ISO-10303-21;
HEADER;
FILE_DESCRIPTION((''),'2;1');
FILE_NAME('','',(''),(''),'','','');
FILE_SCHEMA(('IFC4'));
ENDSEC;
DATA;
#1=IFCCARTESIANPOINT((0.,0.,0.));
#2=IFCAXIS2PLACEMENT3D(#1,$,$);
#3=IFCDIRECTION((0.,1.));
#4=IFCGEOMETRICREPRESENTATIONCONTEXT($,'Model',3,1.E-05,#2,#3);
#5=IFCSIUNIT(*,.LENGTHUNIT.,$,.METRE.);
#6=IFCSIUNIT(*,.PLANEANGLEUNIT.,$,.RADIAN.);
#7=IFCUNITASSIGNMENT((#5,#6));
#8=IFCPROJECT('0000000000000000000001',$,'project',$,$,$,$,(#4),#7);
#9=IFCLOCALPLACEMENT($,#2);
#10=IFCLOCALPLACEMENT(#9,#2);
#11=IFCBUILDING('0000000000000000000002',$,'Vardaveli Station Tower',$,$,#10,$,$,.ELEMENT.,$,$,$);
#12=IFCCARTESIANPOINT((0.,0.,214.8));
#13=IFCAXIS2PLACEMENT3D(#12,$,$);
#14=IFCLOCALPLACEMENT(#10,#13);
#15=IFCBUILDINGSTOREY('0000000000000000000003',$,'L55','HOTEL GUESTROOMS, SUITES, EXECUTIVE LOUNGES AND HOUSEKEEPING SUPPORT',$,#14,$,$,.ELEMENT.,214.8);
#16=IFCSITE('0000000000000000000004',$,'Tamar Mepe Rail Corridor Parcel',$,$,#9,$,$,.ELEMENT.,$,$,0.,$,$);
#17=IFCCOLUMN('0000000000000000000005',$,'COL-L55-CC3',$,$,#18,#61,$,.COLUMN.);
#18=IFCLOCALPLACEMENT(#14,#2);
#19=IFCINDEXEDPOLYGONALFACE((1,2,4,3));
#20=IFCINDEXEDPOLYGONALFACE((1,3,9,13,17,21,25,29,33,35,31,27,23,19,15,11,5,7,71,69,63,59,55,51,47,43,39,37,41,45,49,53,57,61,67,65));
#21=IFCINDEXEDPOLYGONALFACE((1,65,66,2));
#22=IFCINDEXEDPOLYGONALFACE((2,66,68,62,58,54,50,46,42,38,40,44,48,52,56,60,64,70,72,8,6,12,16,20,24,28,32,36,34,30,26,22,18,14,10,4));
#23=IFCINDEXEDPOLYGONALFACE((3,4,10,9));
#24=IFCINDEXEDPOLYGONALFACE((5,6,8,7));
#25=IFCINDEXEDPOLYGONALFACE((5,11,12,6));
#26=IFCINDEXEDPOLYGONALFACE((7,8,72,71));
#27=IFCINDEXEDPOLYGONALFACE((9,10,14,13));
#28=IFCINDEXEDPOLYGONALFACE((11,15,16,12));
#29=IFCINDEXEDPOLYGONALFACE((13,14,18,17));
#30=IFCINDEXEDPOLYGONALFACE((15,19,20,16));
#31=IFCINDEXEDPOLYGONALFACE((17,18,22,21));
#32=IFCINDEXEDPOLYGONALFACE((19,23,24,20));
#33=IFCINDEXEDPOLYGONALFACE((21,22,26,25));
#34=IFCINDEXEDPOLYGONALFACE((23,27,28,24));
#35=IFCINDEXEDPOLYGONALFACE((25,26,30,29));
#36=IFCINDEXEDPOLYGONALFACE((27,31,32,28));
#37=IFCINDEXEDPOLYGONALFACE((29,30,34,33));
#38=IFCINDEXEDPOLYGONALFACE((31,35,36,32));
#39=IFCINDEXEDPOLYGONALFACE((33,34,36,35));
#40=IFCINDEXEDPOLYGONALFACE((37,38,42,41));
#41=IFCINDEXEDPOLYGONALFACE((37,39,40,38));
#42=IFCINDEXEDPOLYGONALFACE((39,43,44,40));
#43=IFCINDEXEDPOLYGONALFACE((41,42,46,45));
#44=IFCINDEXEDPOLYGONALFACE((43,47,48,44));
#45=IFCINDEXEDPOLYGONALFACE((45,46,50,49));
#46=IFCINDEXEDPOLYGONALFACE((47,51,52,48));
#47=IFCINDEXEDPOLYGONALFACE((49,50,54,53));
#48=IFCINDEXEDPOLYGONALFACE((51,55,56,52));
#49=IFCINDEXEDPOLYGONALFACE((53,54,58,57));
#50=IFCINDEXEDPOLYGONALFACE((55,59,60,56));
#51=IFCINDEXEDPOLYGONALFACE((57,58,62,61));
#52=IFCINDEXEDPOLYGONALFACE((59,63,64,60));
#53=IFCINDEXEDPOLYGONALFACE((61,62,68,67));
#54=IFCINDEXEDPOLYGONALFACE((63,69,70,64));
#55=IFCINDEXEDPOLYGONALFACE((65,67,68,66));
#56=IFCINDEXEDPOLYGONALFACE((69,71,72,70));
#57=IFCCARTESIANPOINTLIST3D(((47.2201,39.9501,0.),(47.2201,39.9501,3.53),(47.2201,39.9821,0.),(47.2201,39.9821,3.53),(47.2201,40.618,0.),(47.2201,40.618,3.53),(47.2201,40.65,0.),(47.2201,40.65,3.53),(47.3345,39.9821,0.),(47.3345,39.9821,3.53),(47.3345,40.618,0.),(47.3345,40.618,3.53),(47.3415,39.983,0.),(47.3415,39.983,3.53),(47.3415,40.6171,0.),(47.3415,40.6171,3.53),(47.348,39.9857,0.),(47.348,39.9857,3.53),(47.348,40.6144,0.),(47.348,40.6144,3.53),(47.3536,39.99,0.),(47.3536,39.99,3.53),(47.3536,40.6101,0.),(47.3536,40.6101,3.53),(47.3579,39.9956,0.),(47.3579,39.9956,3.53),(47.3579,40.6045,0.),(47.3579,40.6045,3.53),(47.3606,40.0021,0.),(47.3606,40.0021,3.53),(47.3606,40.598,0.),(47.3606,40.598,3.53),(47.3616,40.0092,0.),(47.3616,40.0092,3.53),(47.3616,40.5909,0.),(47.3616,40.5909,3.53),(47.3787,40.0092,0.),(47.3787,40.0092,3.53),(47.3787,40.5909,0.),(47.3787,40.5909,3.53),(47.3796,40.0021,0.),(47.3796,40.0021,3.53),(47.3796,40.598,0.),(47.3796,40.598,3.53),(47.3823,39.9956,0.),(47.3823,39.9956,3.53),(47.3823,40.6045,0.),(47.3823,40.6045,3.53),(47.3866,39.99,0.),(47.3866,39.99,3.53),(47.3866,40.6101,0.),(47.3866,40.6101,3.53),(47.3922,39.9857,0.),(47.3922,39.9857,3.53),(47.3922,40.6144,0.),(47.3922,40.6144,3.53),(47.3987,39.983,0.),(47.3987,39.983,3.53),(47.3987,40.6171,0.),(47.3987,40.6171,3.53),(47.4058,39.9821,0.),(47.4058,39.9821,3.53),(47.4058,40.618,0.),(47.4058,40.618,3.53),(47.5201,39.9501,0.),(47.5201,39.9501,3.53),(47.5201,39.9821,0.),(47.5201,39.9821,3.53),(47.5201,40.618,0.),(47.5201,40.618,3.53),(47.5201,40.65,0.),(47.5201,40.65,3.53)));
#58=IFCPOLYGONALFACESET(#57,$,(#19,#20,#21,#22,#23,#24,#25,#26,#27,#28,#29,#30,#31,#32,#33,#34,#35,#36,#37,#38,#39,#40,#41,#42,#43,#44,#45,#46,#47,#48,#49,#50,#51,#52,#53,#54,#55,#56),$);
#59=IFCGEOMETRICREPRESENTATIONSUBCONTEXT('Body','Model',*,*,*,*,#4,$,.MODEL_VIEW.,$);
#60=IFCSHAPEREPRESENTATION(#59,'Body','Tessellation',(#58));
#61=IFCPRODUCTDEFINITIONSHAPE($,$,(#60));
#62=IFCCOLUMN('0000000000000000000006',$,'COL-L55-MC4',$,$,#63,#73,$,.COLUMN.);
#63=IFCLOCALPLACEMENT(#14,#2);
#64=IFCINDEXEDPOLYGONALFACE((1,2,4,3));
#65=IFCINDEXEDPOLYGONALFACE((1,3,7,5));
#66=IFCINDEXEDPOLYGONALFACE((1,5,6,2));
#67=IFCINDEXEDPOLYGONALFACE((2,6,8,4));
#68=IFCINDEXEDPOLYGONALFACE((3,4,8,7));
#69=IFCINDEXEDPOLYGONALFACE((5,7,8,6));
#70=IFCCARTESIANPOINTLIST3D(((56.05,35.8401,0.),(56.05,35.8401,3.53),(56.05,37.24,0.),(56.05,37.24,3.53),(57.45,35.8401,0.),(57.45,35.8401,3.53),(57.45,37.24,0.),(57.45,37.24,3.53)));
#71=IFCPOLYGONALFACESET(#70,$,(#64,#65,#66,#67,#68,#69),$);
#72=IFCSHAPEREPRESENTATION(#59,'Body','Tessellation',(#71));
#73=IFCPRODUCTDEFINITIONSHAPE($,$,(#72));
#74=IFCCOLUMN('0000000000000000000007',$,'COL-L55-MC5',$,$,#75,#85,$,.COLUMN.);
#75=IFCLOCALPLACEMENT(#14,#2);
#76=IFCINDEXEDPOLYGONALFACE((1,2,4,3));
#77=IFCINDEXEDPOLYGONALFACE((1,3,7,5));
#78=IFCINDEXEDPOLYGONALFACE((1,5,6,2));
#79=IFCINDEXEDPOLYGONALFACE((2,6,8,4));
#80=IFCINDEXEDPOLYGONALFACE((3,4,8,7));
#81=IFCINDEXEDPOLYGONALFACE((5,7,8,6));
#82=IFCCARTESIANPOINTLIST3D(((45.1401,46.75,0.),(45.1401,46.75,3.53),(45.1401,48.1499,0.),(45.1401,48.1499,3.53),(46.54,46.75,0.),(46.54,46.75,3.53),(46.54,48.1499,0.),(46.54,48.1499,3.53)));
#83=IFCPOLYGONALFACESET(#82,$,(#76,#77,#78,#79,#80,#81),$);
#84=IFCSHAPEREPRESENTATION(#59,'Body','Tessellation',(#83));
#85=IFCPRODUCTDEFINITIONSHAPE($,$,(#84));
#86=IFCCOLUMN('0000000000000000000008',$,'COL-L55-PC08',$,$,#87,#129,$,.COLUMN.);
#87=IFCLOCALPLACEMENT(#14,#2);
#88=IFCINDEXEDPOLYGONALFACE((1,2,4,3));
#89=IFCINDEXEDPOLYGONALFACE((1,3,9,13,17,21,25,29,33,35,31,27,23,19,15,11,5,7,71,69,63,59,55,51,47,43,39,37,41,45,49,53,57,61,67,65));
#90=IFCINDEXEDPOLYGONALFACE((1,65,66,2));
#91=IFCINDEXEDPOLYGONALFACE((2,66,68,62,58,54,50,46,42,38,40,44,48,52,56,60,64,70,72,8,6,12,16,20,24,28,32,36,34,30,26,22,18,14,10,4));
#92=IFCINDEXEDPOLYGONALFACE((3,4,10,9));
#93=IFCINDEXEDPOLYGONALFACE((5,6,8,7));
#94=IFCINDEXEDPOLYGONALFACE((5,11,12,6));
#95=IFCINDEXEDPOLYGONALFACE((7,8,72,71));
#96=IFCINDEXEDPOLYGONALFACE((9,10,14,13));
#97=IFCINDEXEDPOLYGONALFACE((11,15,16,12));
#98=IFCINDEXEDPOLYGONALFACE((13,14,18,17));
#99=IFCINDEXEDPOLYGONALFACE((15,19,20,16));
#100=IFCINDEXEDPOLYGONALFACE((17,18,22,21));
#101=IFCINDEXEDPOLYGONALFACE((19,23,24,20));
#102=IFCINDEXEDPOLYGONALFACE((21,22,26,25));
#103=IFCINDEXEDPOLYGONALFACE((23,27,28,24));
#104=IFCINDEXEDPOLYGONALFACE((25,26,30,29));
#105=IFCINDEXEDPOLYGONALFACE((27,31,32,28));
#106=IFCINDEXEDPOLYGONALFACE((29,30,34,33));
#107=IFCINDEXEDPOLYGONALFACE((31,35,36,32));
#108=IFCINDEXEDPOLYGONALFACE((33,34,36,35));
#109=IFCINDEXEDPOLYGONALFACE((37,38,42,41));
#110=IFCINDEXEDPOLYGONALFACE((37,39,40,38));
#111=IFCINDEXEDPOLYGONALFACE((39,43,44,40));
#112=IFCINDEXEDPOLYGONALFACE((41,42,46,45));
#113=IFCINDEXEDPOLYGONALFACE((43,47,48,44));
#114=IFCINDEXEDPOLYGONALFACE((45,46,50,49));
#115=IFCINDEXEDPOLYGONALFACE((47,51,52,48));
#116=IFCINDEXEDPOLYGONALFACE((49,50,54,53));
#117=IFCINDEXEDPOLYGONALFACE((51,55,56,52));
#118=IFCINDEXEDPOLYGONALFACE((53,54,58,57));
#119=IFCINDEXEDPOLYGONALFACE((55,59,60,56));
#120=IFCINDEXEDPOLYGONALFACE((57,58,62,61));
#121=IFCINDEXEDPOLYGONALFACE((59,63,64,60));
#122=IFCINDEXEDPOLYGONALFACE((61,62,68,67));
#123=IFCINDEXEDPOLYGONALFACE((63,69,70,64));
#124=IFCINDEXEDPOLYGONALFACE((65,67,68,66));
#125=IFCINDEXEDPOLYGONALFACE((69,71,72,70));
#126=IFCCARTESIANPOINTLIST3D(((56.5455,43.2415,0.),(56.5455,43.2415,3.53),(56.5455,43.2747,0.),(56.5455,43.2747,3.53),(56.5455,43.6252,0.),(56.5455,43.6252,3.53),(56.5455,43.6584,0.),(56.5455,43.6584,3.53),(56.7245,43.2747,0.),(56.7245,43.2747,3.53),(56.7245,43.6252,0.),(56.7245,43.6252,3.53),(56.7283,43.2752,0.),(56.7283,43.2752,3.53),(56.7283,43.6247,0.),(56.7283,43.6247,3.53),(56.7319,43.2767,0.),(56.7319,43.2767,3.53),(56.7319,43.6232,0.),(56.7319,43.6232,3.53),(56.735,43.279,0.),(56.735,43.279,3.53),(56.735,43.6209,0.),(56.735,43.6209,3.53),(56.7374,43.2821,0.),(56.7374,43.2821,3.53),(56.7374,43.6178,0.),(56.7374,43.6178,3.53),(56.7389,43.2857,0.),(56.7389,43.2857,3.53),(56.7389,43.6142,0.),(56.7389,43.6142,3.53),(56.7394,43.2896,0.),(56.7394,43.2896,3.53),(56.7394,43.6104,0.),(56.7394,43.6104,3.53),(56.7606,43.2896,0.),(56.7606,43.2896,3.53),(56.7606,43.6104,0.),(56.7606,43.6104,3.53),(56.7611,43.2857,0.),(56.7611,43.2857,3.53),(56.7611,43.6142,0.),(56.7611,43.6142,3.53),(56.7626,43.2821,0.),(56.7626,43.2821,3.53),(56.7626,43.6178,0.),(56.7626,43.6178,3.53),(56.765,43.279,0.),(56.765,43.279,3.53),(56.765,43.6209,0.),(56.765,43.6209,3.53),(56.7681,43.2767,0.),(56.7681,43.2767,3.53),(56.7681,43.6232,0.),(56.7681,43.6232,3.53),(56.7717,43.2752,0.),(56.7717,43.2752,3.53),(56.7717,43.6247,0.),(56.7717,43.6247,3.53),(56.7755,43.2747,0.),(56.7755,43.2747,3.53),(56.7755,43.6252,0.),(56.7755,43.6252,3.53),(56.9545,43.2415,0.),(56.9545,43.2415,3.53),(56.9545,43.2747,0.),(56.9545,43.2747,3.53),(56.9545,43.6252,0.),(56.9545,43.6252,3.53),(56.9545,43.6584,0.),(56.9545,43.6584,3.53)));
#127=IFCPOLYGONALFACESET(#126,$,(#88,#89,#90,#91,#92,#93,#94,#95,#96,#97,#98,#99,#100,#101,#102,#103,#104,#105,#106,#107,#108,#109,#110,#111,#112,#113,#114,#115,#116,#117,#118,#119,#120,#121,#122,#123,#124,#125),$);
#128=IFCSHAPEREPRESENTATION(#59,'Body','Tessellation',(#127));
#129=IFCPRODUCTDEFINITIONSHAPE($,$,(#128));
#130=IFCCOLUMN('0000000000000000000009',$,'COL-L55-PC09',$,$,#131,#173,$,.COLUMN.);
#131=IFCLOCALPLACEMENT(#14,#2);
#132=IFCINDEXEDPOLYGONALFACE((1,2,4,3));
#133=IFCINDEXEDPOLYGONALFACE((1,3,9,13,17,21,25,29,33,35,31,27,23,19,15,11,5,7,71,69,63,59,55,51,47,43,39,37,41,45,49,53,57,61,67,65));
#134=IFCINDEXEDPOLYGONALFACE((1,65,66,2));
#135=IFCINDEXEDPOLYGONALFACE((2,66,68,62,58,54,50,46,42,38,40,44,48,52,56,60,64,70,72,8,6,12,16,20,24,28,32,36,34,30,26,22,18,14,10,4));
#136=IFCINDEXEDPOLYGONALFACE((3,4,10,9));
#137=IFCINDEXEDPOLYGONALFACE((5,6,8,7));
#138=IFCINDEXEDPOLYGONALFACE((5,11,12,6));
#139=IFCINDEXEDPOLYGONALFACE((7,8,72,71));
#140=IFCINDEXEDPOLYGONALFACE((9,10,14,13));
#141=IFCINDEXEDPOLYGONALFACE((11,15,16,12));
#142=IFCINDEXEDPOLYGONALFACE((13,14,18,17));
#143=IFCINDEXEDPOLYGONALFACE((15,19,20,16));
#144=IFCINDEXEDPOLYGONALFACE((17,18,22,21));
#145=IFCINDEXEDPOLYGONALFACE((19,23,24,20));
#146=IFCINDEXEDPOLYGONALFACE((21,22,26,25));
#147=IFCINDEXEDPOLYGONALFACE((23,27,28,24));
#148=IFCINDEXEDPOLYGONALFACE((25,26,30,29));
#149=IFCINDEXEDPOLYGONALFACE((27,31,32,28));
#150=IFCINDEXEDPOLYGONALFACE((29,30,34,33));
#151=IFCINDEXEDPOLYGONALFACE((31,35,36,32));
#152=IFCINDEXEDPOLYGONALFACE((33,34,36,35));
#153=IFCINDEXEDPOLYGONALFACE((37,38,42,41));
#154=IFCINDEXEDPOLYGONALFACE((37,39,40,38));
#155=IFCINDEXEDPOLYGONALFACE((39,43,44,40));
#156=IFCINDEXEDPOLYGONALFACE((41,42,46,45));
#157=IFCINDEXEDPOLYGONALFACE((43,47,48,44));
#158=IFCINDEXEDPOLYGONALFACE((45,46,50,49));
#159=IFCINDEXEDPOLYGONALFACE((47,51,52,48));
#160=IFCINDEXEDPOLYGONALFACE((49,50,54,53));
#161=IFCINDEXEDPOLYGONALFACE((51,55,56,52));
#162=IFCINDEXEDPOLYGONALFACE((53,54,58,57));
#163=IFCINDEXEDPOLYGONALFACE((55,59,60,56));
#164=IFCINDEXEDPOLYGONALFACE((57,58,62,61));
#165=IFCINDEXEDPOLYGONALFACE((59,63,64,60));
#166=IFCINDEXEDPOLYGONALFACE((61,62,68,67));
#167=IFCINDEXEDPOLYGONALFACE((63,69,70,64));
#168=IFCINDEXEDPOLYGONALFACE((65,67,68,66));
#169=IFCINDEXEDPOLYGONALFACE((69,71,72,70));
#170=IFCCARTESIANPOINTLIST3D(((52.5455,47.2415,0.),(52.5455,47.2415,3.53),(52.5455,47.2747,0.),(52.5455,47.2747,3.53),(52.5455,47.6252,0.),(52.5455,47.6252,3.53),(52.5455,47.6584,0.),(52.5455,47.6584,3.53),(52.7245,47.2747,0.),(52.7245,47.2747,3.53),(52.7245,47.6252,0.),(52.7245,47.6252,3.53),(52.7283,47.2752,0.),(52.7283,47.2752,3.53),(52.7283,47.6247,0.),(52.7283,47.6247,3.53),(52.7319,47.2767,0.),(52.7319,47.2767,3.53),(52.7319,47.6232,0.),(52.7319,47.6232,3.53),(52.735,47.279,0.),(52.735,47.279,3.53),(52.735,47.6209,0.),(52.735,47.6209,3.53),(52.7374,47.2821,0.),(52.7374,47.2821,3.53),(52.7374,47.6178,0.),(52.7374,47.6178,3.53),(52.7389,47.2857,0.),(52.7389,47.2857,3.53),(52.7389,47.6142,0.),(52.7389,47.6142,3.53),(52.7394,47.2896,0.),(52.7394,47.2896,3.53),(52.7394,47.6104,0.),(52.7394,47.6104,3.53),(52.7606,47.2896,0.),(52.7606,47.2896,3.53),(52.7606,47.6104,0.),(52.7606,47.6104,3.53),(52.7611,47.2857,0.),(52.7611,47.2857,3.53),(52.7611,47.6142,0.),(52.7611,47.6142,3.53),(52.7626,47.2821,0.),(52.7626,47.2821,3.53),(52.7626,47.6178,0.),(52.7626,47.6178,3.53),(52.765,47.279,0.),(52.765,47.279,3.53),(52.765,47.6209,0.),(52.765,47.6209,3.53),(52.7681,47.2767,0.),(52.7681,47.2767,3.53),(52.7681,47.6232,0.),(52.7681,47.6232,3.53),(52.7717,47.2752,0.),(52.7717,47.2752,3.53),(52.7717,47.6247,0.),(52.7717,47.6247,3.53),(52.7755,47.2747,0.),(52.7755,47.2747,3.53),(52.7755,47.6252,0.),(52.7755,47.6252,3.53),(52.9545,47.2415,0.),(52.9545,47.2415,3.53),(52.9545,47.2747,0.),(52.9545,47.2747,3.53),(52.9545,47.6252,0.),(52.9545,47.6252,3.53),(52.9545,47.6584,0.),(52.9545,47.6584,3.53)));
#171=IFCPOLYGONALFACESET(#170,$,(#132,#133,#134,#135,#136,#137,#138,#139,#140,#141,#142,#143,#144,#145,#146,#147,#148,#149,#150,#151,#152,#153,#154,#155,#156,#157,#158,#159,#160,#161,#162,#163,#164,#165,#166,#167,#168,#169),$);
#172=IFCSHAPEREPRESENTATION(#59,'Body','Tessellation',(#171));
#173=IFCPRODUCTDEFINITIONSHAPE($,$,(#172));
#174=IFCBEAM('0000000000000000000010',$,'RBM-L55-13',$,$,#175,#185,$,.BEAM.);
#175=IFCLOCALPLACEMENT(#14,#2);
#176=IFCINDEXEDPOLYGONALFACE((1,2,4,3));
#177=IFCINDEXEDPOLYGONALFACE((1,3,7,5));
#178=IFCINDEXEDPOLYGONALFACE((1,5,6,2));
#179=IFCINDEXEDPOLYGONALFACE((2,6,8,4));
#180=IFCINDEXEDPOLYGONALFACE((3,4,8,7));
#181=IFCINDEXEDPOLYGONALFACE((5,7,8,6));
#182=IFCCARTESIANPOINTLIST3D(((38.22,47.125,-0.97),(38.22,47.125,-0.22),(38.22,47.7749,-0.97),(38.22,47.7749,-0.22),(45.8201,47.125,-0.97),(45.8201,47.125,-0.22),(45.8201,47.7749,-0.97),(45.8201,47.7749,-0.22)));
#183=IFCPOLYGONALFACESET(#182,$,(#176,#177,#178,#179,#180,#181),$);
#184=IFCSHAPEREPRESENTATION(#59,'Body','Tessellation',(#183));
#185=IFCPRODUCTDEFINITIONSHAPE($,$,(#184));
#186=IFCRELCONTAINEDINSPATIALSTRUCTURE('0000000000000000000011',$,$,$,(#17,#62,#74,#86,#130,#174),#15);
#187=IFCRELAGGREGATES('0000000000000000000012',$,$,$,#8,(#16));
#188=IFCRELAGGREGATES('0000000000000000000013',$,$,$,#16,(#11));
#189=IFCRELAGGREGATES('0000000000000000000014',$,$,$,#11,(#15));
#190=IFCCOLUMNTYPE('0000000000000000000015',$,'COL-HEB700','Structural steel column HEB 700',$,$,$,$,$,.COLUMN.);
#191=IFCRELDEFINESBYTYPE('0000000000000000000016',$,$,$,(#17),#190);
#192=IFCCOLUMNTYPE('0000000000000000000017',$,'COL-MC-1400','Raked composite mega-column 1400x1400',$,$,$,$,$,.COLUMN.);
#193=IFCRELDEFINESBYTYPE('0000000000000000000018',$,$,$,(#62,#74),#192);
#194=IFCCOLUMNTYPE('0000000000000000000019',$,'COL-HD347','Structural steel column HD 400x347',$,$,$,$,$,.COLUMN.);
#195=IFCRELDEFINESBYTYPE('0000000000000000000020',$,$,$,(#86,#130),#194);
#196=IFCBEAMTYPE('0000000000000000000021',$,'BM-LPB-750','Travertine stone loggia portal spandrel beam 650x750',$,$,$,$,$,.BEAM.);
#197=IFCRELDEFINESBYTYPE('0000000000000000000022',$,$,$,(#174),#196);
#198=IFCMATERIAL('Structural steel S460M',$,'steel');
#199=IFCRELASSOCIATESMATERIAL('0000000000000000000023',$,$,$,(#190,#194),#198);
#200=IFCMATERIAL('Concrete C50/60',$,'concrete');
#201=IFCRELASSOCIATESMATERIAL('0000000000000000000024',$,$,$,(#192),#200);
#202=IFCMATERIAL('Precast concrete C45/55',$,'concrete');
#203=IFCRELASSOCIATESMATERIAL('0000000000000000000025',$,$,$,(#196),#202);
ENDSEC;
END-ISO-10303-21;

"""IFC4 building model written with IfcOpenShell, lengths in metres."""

from ifc_helpers import new_model, si_unit, direction, frame, origin, origin_2d, place, context, subcontext, project, spatial, rectangle, i_section, extrude, source, transform, mapped, material, material_profile, profile_set, type_object, element, save


model = new_model("IFC4")

# Units and contexts
model_context = context("Model", 3, precision=1e-05, world=origin(), true_north=direction((0.0, 1.0)))
body_context = subcontext(model_context, "Body", "Model", "MODEL_VIEW")
ifc_project = project(units=[si_unit("LENGTHUNIT", "METRE"), si_unit("PLANEANGLEUNIT", "RADIAN")], contexts=[model_context])

# Site, building, storey
site_placement = place(None, origin())
site = spatial("IfcSite", under=ifc_project, at=site_placement, Name="Tamar Mepe Rail Corridor Parcel", CompositionType="ELEMENT", RefElevation=0.0)
building_placement = place(site_placement, origin())
building = spatial("IfcBuilding", under=site, at=building_placement, Name="Vardaveli Station Tower", CompositionType="ELEMENT")
storey_placement = place(building_placement, frame((0.0, 0.0, 214.8)))
storey = spatial("IfcBuildingStorey", under=building, at=storey_placement, Name="L55", Description="HOTEL GUESTROOMS, SUITES, EXECUTIVE LOUNGES AND HOUSEKEEPING SUPPORT", CompositionType="ELEMENT", Elevation=214.8)

# Columns
ifc_material_1 = material(Name="Structural steel S460M", Category="steel")
ifc_material_profile_1 = material_profile(ifc_material_1, i_section(OverallWidth=0.3, OverallDepth=0.7, WebThickness=0.0171, FlangeThickness=0.032, FilletRadius=0.0271, at=origin_2d()), Name="HEB 700")
ifc_profile_set_1 = profile_set([ifc_material_profile_1], Name="Structural steel S460M")
column_type_1 = type_object("IfcColumnType", Name="COL-HEB700", Description="Structural steel column HEB 700", PredefinedType="COLUMN", material=ifc_profile_set_1)
shared_shape_1 = source(origin(), body_context, "Body", "SweptSolid", [
    extrude(i_section(OverallWidth=0.3, OverallDepth=0.7, WebThickness=0.0171, FlangeThickness=0.032, FilletRadius=0.0271, at=origin_2d()), origin(), (0.0, 0.0, 1.0), 3.53),
])
column_placement = place(storey_placement, frame((47.3701, 40.3, 0.0), z_axis=(0.0, 0.0, 1.0), x_axis=(1.0, 0.0, 0.0)))
element("IfcColumn", 1, at=column_placement, inside=storey, type_object=column_type_1, Name="COL-L55-CC3", PredefinedType="COLUMN", context=body_context, shape_type="MappedRepresentation", body=[
    mapped(shared_shape_1, transform((0.0, 0.0, 0.0), scale=1.0)),
])
ifc_material_2 = material(Name="Concrete C50/60", Category="concrete")
ifc_material_profile_2 = material_profile(ifc_material_2, rectangle(XDim=1.3999, YDim=1.3999, at=origin_2d()), Name="MC 1400x1400")
ifc_profile_set_2 = profile_set([ifc_material_profile_2], Name="Concrete C50/60")
column_type_2 = type_object("IfcColumnType", Name="COL-MC-1400", Description="Raked composite mega-column 1400x1400", PredefinedType="COLUMN", material=ifc_profile_set_2)
shared_shape_2 = source(origin(), body_context, "Body", "SweptSolid", [
    extrude(rectangle(XDim=1.3999, YDim=1.3999, at=origin_2d()), origin(), (0.0, 0.0, 1.0), 3.53),
])
for number, where, z_axis, x_axis, name in (
    (2, (56.75, 36.54, 0.0), (0.0, 0.0, 1.0), (1.0, 0.0, 0.0), "COL-L55-MC4"),
    (3, (45.8401, 47.45, 0.0), (0.0, 0.0, 1.0), (1.0, 0.0, 0.0), "COL-L55-MC5"),
):
    element("IfcColumn", number, at=place(storey_placement, frame(where, z_axis=z_axis, x_axis=x_axis)), inside=storey, type_object=column_type_2, Name=name, PredefinedType="COLUMN", context=body_context, shape_type="MappedRepresentation", body=[
        mapped(shared_shape_2, transform((0.0, 0.0, 0.0), scale=1.0)),
    ])
ifc_material_profile_3 = material_profile(ifc_material_1, i_section(OverallWidth=0.4089, OverallDepth=0.417, WebThickness=0.0212, FlangeThickness=0.0332, FilletRadius=0.0149, at=origin_2d()), Name="HD 400x347")
ifc_profile_set_3 = profile_set([ifc_material_profile_3], Name="Structural steel S460M")
column_type_3 = type_object("IfcColumnType", Name="COL-HD347", Description="Structural steel column HD 400x347", PredefinedType="COLUMN", material=ifc_profile_set_3)
shared_shape_3 = source(origin(), body_context, "Body", "SweptSolid", [
    extrude(i_section(OverallWidth=0.4089, OverallDepth=0.417, WebThickness=0.0212, FlangeThickness=0.0332, FilletRadius=0.0149, at=origin_2d()), origin(), (0.0, 0.0, 1.0), 3.53),
])
for number, where, z_axis, x_axis, name in (
    (4, (56.75, 43.45, 0.0), (0.0, 0.0, 1.0), (1.0, 0.0, 0.0), "COL-L55-PC08"),
    (5, (52.75, 47.45, 0.0), (0.0, 0.0, 1.0), (1.0, 0.0, 0.0), "COL-L55-PC09"),
):
    element("IfcColumn", number, at=place(storey_placement, frame(where, z_axis=z_axis, x_axis=x_axis)), inside=storey, type_object=column_type_3, Name=name, PredefinedType="COLUMN", context=body_context, shape_type="MappedRepresentation", body=[
        mapped(shared_shape_3, transform((0.0, 0.0, 0.0), scale=1.0)),
    ])

# Beam
ifc_material_3 = material(Name="Precast concrete C45/55", Category="concrete")
ifc_material_profile_4 = material_profile(ifc_material_3, rectangle(XDim=0.6499, YDim=0.75, at=origin_2d()), Name="LPB 650x750")
ifc_profile_set_4 = profile_set([ifc_material_profile_4], Name="Precast concrete C45/55")
beam_type = type_object("IfcBeamType", Name="BM-LPB-750", Description="Travertine stone loggia portal spandrel beam 650x750", PredefinedType="BEAM", material=ifc_profile_set_4)
shared_shape_4 = source(origin(), body_context, "Body", "SweptSolid", [
    extrude(rectangle(XDim=0.6499, YDim=0.75, at=origin_2d()), origin(), (0.0, 0.0, 1.0), 7.6001),
])
beam_1_placement = place(storey_placement, frame((45.8201, 47.45, -0.595), z_axis=(-1.0, 0.0, 0.0), x_axis=(0.0, -1.0, 0.0)))
element("IfcBeam", 6, at=beam_1_placement, inside=storey, type_object=beam_type, Name="RBM-L55-13", PredefinedType="BEAM", context=body_context, shape_type="MappedRepresentation", body=[
    mapped(shared_shape_4, transform((0.0, 0.0, 0.0), scale=1.0)),
])

save(model, "model.ifc")
